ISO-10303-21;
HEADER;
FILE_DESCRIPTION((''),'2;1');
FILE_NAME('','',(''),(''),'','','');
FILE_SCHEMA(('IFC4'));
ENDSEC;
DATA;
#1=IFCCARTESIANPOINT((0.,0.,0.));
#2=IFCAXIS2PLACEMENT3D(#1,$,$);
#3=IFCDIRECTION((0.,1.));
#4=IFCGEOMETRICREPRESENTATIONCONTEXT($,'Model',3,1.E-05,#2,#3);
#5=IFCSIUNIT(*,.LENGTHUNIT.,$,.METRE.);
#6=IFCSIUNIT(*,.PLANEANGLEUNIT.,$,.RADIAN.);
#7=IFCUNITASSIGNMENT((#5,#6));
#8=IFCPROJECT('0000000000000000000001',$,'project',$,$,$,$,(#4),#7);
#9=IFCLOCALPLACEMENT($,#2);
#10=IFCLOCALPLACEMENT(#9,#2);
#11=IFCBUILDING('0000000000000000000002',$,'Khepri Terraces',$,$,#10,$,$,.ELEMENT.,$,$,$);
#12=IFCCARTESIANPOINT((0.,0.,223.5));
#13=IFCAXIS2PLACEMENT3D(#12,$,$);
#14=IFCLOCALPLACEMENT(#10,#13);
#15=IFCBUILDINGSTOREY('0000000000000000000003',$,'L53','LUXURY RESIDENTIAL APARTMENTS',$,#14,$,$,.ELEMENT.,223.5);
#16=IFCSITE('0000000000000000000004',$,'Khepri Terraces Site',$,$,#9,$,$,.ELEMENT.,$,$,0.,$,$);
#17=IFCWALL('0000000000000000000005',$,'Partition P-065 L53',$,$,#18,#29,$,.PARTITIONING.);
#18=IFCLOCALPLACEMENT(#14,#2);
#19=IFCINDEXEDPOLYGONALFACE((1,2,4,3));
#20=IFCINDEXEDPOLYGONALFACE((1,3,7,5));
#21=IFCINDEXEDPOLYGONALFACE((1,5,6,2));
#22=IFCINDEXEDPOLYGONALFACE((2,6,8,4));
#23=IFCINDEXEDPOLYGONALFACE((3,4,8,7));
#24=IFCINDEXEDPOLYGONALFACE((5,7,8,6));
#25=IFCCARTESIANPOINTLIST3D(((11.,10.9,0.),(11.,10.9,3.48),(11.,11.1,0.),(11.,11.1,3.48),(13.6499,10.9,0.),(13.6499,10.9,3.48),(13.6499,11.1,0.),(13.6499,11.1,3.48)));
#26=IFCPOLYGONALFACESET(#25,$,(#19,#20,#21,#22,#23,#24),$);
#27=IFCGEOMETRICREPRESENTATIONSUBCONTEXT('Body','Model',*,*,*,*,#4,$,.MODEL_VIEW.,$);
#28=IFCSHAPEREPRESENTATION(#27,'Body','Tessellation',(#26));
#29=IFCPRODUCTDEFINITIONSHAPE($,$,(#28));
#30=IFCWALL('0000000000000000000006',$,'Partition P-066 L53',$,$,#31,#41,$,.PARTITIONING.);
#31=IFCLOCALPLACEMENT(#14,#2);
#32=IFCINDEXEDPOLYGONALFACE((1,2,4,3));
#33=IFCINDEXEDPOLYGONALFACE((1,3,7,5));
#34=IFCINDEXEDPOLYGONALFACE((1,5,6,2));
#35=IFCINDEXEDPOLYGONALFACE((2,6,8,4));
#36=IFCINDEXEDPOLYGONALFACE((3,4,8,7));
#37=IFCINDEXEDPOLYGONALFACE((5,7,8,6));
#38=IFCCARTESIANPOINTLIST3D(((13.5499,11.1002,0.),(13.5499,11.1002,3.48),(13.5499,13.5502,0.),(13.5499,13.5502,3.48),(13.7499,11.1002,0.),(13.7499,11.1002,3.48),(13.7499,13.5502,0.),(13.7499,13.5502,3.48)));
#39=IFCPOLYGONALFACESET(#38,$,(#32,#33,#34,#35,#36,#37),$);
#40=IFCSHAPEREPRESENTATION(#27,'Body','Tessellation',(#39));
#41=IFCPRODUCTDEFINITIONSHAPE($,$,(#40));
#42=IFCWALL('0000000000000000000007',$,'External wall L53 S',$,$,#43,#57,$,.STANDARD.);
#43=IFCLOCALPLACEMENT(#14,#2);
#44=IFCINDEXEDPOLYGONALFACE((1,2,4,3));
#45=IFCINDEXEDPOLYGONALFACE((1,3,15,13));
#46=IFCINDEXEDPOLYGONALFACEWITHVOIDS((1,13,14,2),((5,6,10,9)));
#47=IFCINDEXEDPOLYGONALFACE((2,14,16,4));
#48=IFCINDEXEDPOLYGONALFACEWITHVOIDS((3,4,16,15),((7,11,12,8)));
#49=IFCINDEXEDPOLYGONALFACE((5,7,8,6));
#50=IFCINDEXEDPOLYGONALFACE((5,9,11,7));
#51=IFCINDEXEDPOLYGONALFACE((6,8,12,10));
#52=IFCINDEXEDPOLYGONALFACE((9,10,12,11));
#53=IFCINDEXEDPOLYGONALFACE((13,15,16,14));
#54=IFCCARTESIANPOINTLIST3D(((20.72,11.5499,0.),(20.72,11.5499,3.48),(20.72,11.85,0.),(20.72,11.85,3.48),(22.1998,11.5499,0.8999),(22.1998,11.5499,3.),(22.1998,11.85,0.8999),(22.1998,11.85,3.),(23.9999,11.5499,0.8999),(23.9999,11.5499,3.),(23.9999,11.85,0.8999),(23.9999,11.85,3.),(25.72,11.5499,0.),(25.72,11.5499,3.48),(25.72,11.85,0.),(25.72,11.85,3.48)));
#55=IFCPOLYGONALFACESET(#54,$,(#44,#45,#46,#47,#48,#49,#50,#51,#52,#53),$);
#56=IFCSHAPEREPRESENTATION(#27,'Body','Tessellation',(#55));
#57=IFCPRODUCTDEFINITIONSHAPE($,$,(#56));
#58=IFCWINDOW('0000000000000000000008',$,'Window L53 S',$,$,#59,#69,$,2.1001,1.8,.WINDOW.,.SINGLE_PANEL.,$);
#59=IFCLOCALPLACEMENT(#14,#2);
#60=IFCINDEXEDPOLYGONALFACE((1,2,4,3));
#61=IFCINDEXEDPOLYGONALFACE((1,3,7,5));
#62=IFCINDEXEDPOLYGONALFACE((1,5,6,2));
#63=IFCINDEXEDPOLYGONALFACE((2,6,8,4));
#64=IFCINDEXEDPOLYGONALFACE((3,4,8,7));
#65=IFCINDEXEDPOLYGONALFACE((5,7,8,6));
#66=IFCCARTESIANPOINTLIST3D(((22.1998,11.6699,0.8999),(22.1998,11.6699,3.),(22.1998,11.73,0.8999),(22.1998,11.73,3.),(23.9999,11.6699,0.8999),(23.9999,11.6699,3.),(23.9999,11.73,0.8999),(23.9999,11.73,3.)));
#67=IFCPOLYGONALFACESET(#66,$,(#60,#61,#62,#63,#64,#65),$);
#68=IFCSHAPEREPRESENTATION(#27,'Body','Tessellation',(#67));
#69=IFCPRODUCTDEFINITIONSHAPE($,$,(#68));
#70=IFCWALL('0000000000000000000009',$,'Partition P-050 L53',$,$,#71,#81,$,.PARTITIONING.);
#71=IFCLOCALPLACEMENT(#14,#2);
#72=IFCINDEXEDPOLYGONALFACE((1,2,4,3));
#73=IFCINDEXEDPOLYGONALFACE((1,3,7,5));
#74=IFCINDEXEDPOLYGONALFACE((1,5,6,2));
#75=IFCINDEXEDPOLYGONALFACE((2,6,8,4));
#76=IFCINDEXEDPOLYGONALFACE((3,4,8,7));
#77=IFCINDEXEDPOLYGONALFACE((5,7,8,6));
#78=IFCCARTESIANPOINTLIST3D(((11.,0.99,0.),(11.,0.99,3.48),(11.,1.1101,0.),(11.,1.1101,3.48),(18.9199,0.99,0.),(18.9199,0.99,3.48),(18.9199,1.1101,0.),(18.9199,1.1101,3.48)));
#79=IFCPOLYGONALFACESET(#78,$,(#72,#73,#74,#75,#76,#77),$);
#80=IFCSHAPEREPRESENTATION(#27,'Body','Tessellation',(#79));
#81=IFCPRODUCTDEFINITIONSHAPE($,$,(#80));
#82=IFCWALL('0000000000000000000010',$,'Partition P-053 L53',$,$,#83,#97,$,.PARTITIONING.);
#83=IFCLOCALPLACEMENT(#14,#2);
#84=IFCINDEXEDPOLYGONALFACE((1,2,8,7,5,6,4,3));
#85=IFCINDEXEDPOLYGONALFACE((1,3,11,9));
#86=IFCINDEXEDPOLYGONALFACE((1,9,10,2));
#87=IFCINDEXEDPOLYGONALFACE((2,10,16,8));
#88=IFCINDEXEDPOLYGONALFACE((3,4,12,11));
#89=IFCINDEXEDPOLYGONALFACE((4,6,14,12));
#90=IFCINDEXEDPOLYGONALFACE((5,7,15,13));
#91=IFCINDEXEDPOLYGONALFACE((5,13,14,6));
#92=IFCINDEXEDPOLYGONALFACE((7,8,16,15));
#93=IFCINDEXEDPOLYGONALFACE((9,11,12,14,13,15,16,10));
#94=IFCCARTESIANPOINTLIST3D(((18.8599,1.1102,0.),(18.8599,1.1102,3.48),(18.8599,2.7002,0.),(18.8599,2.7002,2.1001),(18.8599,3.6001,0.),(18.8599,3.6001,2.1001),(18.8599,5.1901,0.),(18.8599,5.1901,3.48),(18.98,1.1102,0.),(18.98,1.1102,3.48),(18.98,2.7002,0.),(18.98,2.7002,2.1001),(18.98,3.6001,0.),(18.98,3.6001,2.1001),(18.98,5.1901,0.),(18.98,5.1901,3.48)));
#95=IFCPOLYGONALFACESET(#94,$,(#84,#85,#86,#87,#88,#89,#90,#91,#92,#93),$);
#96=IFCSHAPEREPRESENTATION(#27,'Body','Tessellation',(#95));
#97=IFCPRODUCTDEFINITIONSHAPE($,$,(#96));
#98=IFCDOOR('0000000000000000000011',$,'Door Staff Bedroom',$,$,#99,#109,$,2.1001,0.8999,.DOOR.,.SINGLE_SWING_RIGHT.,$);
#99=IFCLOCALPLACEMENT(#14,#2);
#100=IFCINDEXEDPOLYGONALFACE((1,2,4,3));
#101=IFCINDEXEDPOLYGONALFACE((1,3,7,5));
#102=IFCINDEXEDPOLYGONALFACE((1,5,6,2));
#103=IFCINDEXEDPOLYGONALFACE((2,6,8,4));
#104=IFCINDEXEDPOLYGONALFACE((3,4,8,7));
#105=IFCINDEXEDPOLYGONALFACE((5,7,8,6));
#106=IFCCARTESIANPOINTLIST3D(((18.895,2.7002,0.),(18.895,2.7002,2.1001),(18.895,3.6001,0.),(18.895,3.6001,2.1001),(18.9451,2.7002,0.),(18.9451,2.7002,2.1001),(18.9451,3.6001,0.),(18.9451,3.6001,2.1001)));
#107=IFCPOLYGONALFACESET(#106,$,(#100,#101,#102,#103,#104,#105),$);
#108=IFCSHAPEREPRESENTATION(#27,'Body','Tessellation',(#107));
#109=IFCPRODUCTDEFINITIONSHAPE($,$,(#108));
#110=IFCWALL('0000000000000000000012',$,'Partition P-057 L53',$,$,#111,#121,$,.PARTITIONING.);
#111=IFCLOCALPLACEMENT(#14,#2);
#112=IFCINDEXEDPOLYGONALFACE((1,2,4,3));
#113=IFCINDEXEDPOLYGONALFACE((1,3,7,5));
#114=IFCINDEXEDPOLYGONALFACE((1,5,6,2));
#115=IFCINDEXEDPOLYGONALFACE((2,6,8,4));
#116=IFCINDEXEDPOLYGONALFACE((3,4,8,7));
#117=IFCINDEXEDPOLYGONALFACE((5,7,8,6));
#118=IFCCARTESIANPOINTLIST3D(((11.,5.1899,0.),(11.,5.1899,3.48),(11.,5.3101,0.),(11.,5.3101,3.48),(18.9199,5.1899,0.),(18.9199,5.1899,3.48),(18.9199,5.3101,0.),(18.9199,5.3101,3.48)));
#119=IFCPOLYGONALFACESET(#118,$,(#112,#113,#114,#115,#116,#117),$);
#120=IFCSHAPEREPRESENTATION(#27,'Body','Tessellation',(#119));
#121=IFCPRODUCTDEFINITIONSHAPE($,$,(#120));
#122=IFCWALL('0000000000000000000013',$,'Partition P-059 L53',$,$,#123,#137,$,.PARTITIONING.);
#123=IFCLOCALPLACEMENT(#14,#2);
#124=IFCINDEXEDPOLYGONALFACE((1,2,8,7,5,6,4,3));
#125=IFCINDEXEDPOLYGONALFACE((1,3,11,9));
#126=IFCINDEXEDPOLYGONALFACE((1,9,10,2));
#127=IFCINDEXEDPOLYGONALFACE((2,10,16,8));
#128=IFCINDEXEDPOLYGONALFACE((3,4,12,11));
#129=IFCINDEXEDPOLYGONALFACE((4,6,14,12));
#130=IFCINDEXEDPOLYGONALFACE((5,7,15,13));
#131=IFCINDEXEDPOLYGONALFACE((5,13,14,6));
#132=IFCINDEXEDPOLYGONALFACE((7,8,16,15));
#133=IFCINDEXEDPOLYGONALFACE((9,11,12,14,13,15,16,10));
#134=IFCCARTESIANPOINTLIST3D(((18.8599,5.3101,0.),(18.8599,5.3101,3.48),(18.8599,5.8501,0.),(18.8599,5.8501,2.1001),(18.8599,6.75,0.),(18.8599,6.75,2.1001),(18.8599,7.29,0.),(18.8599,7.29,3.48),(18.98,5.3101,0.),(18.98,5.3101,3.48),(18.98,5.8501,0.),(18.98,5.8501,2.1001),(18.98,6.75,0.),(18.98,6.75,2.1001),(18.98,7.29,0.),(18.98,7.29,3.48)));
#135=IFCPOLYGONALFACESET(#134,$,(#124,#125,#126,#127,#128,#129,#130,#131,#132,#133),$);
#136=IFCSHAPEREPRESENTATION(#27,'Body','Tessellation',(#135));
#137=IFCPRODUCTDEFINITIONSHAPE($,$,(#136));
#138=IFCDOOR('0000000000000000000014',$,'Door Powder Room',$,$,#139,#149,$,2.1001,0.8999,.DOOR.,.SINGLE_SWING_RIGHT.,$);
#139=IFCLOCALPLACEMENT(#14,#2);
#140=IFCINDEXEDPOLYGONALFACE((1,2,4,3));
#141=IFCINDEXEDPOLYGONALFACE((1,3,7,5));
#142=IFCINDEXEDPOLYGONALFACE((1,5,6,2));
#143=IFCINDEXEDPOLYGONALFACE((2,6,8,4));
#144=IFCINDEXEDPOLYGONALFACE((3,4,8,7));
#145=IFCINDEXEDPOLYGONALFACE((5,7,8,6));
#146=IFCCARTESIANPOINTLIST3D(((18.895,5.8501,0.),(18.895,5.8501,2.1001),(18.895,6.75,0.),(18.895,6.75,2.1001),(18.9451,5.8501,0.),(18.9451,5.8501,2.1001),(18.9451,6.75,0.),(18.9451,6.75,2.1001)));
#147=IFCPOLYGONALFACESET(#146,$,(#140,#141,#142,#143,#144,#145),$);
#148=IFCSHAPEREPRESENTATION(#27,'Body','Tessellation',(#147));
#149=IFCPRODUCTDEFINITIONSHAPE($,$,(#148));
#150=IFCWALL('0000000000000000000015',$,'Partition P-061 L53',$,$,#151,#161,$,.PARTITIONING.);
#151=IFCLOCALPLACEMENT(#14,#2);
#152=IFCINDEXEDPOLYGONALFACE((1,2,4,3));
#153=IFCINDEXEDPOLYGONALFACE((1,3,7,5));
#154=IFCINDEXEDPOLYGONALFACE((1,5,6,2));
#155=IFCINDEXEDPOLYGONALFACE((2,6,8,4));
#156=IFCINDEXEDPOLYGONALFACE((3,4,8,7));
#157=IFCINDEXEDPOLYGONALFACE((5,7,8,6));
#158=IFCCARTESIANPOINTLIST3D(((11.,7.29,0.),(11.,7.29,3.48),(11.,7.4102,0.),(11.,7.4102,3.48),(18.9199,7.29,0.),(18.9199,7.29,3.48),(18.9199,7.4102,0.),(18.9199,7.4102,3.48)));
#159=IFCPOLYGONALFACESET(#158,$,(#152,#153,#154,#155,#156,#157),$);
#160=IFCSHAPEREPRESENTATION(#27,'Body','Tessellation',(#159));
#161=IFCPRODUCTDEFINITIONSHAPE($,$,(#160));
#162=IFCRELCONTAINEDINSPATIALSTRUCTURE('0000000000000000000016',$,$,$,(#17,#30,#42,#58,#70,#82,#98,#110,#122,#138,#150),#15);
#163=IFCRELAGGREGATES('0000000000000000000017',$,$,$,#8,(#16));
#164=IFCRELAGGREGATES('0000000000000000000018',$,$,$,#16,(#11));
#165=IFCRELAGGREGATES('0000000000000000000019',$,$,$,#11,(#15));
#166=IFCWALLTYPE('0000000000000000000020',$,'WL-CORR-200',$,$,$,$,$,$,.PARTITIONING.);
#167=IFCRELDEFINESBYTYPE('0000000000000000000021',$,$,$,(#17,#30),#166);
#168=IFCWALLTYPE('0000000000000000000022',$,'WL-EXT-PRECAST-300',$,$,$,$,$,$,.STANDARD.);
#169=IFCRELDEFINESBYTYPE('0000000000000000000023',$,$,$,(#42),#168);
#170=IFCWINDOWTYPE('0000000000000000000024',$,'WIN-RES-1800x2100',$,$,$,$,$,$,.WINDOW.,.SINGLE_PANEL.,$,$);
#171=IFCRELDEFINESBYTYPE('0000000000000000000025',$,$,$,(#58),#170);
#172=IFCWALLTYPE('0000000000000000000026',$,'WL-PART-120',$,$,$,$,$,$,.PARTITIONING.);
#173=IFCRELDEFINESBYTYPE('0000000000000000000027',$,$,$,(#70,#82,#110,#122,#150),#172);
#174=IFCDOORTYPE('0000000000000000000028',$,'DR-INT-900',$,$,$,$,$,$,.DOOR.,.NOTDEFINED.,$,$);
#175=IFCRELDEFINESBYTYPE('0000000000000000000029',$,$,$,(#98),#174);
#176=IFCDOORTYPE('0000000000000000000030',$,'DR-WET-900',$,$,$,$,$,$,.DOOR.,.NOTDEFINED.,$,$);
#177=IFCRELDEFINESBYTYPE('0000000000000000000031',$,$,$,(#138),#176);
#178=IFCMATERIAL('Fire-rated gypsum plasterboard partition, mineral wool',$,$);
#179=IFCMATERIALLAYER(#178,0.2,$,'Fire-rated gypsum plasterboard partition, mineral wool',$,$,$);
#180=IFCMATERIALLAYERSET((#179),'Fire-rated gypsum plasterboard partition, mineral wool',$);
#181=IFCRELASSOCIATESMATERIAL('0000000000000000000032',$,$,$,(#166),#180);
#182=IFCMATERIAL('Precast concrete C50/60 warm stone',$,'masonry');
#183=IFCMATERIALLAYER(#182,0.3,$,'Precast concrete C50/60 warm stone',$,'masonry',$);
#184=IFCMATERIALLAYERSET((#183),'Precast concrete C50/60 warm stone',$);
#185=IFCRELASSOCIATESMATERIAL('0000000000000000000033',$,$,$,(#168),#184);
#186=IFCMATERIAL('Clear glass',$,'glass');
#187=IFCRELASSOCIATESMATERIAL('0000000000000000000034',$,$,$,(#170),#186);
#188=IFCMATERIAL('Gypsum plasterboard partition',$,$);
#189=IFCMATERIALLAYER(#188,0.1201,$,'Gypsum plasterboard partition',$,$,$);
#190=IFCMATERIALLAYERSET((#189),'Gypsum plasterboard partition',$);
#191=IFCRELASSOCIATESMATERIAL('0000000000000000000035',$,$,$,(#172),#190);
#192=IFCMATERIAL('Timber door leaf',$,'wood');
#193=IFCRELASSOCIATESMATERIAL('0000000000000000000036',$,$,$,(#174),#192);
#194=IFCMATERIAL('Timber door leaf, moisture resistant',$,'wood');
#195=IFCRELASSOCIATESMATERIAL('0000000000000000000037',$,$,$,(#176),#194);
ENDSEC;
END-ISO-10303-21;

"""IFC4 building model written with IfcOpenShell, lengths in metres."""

from ifc_helpers import new_model, si_unit, direction, frame, frame_2d, origin, place, context, subcontext, project, spatial, rectangle, extrude, material, layer, layer_set, type_object, element, fill, save


model = new_model("IFC4")

# Units and contexts
model_context = context("Model", 3, precision=1e-05, world=origin(), true_north=direction((0.0, 1.0)))
body_context = subcontext(model_context, "Body", "Model", "MODEL_VIEW")
ifc_project = project(units=[si_unit("LENGTHUNIT", "METRE"), si_unit("PLANEANGLEUNIT", "RADIAN")], contexts=[model_context])

# Site, building, storey
site_placement = place(None, origin())
site = spatial("IfcSite", under=ifc_project, at=site_placement, Name="Khepri Terraces Site", CompositionType="ELEMENT", RefElevation=0.0)
building_placement = place(site_placement, origin())
building = spatial("IfcBuilding", under=site, at=building_placement, Name="Khepri Terraces", CompositionType="ELEMENT")
storey_placement = place(building_placement, frame((0.0, 0.0, 223.5)))
storey = spatial("IfcBuildingStorey", under=building, at=storey_placement, Name="L53", Description="LUXURY RESIDENTIAL APARTMENTS", CompositionType="ELEMENT", Elevation=223.5)

# Walls
ifc_material_1 = material(Name="Fire-rated gypsum plasterboard partition, mineral wool")
ifc_layer_1 = layer(ifc_material_1, 0.2, Name="Fire-rated gypsum plasterboard partition, mineral wool")
ifc_layer_set_1 = layer_set([ifc_layer_1], Name="Fire-rated gypsum plasterboard partition, mineral wool")
wall_type_1 = type_object("IfcWallType", Name="WL-CORR-200", PredefinedType="PARTITIONING", material=ifc_layer_set_1)
wall_1_placement = place(storey_placement, frame((11.0, 11.0, 0.0), z_axis=(0.0, 0.0, 1.0), x_axis=(1.0, 0.0, 0.0)))
element("IfcWall", 1, at=wall_1_placement, inside=storey, type_object=wall_type_1, Name="Partition P-065 L53", PredefinedType="PARTITIONING", context=body_context, shape_type="SweptSolid", body=[
    extrude(rectangle(XDim=2.6499, YDim=0.2, at=frame_2d((1.325, 0.0))), origin(), (0.0, 0.0, 1.0), 3.48),
])
wall_2_placement = place(storey_placement, frame((13.6499, 11.1001, 0.0), z_axis=(0.0, 0.0, 1.0), x_axis=(0.0, 1.0, 0.0)))
element("IfcWall", 2, at=wall_2_placement, inside=storey, type_object=wall_type_1, Name="Partition P-066 L53", PredefinedType="PARTITIONING", context=body_context, shape_type="SweptSolid", body=[
    extrude(rectangle(XDim=2.45, YDim=0.2, at=frame_2d((1.2251, 0.0))), origin(), (0.0, 0.0, 1.0), 3.48),
])

# Wall, opening, window
ifc_material_2 = material(Name="Precast concrete C50/60 warm stone", Category="masonry")
ifc_layer_2 = layer(ifc_material_2, 0.3, Name="Precast concrete C50/60 warm stone", Category="masonry")
ifc_layer_set_2 = layer_set([ifc_layer_2], Name="Precast concrete C50/60 warm stone")
wall_type_2 = type_object("IfcWallType", Name="WL-EXT-PRECAST-300", PredefinedType="STANDARD", material=ifc_layer_set_2)
wall_3_placement = place(storey_placement, frame((20.72, 11.7, 0.0), z_axis=(0.0, 0.0, 1.0), x_axis=(1.0, 0.0, 0.0)))
wall_3 = element("IfcWall", 3, at=wall_3_placement, inside=storey, type_object=wall_type_2, Name="External wall L53 S", PredefinedType="STANDARD", context=body_context, shape_type="SweptSolid", body=[
    extrude(rectangle(XDim=5.0, YDim=0.3, at=frame_2d((2.5, 0.0))), origin(), (0.0, 0.0, 1.0), 3.48),
])
opening_1_placement = place(wall_3_placement, frame((1.48, 0.0, 0.8999)))
opening_1 = element("IfcOpeningElement", 4, at=opening_1_placement, cuts=wall_3, PredefinedType="OPENING", context=body_context, shape_type="SweptSolid", body=[
    extrude(rectangle(XDim=1.8, YDim=2.1001, at=frame_2d((0.8999, 1.05))), frame((0.0, 0.1602, 0.0), z_axis=(0.0, -1.0, 0.0), x_axis=(1.0, 0.0, 0.0)), (0.0, 0.0, 1.0), 0.3201),
])
ifc_material_3 = material(Name="Clear glass", Category="glass")
window_type = type_object("IfcWindowType", Name="WIN-RES-1800x2100", PartitioningType="SINGLE_PANEL", PredefinedType="WINDOW", material=ifc_material_3)
window_placement = place(opening_1_placement, origin())
window = element("IfcWindow", 5, at=window_placement, inside=storey, type_object=window_type, Name="Window L53 S", OverallHeight=2.1001, OverallWidth=1.8, PartitioningType="SINGLE_PANEL", PredefinedType="WINDOW", context=body_context, shape_type="SweptSolid", body=[
    extrude(rectangle(XDim=1.8, YDim=2.1001, at=frame_2d((0.8999, 1.05))), frame((0.0, 0.03, 0.0), z_axis=(0.0, -1.0, 0.0), x_axis=(1.0, 0.0, 0.0)), (0.0, 0.0, 1.0), 0.0601),
])
fill(opening_1, window)

# Wall
ifc_material_4 = material(Name="Gypsum plasterboard partition")
ifc_layer_3 = layer(ifc_material_4, 0.1201, Name="Gypsum plasterboard partition")
ifc_layer_set_3 = layer_set([ifc_layer_3], Name="Gypsum plasterboard partition")
wall_type_3 = type_object("IfcWallType", Name="WL-PART-120", PredefinedType="PARTITIONING", material=ifc_layer_set_3)
wall_4_placement = place(storey_placement, frame((11.0, 1.05, 0.0), z_axis=(0.0, 0.0, 1.0), x_axis=(1.0, 0.0, 0.0)))
element("IfcWall", 6, at=wall_4_placement, inside=storey, type_object=wall_type_3, Name="Partition P-050 L53", PredefinedType="PARTITIONING", context=body_context, shape_type="SweptSolid", body=[
    extrude(rectangle(XDim=7.9199, YDim=0.1201, at=frame_2d((3.96, 0.0))), origin(), (0.0, 0.0, 1.0), 3.48),
])

# Wall, opening, door
wall_5_placement = place(storey_placement, frame((18.9199, 1.1101, 0.0), z_axis=(0.0, 0.0, 1.0), x_axis=(0.0, 1.0, 0.0)))
wall_5 = element("IfcWall", 7, at=wall_5_placement, inside=storey, type_object=wall_type_3, Name="Partition P-053 L53", PredefinedType="PARTITIONING", context=body_context, shape_type="SweptSolid", body=[
    extrude(rectangle(XDim=4.0798, YDim=0.1201, at=frame_2d((2.04, 0.0))), origin(), (0.0, 0.0, 1.0), 3.48),
])
opening_2_placement = place(wall_5_placement, frame((1.5901, 0.0, 0.0)))
opening_2 = element("IfcOpeningElement", 8, at=opening_2_placement, cuts=wall_5, PredefinedType="OPENING", context=body_context, shape_type="SweptSolid", body=[
    extrude(rectangle(XDim=0.8999, YDim=2.1001, at=frame_2d((0.45, 1.05))), frame((0.0, 0.0701, 0.0), z_axis=(0.0, -1.0, 0.0), x_axis=(1.0, 0.0, 0.0)), (0.0, 0.0, 1.0), 0.1401),
])
ifc_material_5 = material(Name="Timber door leaf", Category="wood")
door_type_1 = type_object("IfcDoorType", Name="DR-INT-900", OperationType="NOTDEFINED", PredefinedType="DOOR", material=ifc_material_5)
door_1_placement = place(opening_2_placement, origin())
door_1 = element("IfcDoor", 9, at=door_1_placement, inside=storey, type_object=door_type_1, Name="Door Staff Bedroom", OperationType="SINGLE_SWING_RIGHT", OverallHeight=2.1001, OverallWidth=0.8999, PredefinedType="DOOR", context=body_context, shape_type="SweptSolid", body=[
    extrude(rectangle(XDim=0.8999, YDim=2.1001, at=frame_2d((0.45, 1.05))), frame((0.0, 0.0249, 0.0), z_axis=(0.0, -1.0, 0.0), x_axis=(1.0, 0.0, 0.0)), (0.0, 0.0, 1.0), 0.05),
])
fill(opening_2, door_1)

# Wall
wall_6_placement = place(storey_placement, frame((11.0, 5.25, 0.0), z_axis=(0.0, 0.0, 1.0), x_axis=(1.0, 0.0, 0.0)))
element("IfcWall", 10, at=wall_6_placement, inside=storey, type_object=wall_type_3, Name="Partition P-057 L53", PredefinedType="PARTITIONING", context=body_context, shape_type="SweptSolid", body=[
    extrude(rectangle(XDim=7.9199, YDim=0.1201, at=frame_2d((3.96, 0.0))), origin(), (0.0, 0.0, 1.0), 3.48),
])

# Wall, opening, door
wall_7_placement = place(storey_placement, frame((18.9199, 5.3101, 0.0), z_axis=(0.0, 0.0, 1.0), x_axis=(0.0, 1.0, 0.0)))
wall_7 = element("IfcWall", 11, at=wall_7_placement, inside=storey, type_object=wall_type_3, Name="Partition P-059 L53", PredefinedType="PARTITIONING", context=body_context, shape_type="SweptSolid", body=[
    extrude(rectangle(XDim=1.98, YDim=0.1201, at=frame_2d((0.99, 0.0))), origin(), (0.0, 0.0, 1.0), 3.48),
])
opening_3_placement = place(wall_7_placement, frame((0.54, 0.0, 0.0)))
opening_3 = element("IfcOpeningElement", 12, at=opening_3_placement, cuts=wall_7, PredefinedType="OPENING", context=body_context, shape_type="SweptSolid", body=[
    extrude(rectangle(XDim=0.8999, YDim=2.1001, at=frame_2d((0.45, 1.05))), frame((0.0, 0.0701, 0.0), z_axis=(0.0, -1.0, 0.0), x_axis=(1.0, 0.0, 0.0)), (0.0, 0.0, 1.0), 0.1401),
])
ifc_material_6 = material(Name="Timber door leaf, moisture resistant", Category="wood")
door_type_2 = type_object("IfcDoorType", Name="DR-WET-900", OperationType="NOTDEFINED", PredefinedType="DOOR", material=ifc_material_6)
door_2_placement = place(opening_3_placement, origin())
door_2 = element("IfcDoor", 13, at=door_2_placement, inside=storey, type_object=door_type_2, Name="Door Powder Room", OperationType="SINGLE_SWING_RIGHT", OverallHeight=2.1001, OverallWidth=0.8999, PredefinedType="DOOR", context=body_context, shape_type="SweptSolid", body=[
    extrude(rectangle(XDim=0.8999, YDim=2.1001, at=frame_2d((0.45, 1.05))), frame((0.0, 0.0249, 0.0), z_axis=(0.0, -1.0, 0.0), x_axis=(1.0, 0.0, 0.0)), (0.0, 0.0, 1.0), 0.05),
])
fill(opening_3, door_2)

# Wall
wall_8_placement = place(storey_placement, frame((11.0, 7.3501, 0.0), z_axis=(0.0, 0.0, 1.0), x_axis=(1.0, 0.0, 0.0)))
element("IfcWall", 14, at=wall_8_placement, inside=storey, type_object=wall_type_3, Name="Partition P-061 L53", PredefinedType="PARTITIONING", context=body_context, shape_type="SweptSolid", body=[
    extrude(rectangle(XDim=7.9199, YDim=0.1201, at=frame_2d((3.96, 0.0))), origin(), (0.0, 0.0, 1.0), 3.48),
])

save(model, "model.ifc")
